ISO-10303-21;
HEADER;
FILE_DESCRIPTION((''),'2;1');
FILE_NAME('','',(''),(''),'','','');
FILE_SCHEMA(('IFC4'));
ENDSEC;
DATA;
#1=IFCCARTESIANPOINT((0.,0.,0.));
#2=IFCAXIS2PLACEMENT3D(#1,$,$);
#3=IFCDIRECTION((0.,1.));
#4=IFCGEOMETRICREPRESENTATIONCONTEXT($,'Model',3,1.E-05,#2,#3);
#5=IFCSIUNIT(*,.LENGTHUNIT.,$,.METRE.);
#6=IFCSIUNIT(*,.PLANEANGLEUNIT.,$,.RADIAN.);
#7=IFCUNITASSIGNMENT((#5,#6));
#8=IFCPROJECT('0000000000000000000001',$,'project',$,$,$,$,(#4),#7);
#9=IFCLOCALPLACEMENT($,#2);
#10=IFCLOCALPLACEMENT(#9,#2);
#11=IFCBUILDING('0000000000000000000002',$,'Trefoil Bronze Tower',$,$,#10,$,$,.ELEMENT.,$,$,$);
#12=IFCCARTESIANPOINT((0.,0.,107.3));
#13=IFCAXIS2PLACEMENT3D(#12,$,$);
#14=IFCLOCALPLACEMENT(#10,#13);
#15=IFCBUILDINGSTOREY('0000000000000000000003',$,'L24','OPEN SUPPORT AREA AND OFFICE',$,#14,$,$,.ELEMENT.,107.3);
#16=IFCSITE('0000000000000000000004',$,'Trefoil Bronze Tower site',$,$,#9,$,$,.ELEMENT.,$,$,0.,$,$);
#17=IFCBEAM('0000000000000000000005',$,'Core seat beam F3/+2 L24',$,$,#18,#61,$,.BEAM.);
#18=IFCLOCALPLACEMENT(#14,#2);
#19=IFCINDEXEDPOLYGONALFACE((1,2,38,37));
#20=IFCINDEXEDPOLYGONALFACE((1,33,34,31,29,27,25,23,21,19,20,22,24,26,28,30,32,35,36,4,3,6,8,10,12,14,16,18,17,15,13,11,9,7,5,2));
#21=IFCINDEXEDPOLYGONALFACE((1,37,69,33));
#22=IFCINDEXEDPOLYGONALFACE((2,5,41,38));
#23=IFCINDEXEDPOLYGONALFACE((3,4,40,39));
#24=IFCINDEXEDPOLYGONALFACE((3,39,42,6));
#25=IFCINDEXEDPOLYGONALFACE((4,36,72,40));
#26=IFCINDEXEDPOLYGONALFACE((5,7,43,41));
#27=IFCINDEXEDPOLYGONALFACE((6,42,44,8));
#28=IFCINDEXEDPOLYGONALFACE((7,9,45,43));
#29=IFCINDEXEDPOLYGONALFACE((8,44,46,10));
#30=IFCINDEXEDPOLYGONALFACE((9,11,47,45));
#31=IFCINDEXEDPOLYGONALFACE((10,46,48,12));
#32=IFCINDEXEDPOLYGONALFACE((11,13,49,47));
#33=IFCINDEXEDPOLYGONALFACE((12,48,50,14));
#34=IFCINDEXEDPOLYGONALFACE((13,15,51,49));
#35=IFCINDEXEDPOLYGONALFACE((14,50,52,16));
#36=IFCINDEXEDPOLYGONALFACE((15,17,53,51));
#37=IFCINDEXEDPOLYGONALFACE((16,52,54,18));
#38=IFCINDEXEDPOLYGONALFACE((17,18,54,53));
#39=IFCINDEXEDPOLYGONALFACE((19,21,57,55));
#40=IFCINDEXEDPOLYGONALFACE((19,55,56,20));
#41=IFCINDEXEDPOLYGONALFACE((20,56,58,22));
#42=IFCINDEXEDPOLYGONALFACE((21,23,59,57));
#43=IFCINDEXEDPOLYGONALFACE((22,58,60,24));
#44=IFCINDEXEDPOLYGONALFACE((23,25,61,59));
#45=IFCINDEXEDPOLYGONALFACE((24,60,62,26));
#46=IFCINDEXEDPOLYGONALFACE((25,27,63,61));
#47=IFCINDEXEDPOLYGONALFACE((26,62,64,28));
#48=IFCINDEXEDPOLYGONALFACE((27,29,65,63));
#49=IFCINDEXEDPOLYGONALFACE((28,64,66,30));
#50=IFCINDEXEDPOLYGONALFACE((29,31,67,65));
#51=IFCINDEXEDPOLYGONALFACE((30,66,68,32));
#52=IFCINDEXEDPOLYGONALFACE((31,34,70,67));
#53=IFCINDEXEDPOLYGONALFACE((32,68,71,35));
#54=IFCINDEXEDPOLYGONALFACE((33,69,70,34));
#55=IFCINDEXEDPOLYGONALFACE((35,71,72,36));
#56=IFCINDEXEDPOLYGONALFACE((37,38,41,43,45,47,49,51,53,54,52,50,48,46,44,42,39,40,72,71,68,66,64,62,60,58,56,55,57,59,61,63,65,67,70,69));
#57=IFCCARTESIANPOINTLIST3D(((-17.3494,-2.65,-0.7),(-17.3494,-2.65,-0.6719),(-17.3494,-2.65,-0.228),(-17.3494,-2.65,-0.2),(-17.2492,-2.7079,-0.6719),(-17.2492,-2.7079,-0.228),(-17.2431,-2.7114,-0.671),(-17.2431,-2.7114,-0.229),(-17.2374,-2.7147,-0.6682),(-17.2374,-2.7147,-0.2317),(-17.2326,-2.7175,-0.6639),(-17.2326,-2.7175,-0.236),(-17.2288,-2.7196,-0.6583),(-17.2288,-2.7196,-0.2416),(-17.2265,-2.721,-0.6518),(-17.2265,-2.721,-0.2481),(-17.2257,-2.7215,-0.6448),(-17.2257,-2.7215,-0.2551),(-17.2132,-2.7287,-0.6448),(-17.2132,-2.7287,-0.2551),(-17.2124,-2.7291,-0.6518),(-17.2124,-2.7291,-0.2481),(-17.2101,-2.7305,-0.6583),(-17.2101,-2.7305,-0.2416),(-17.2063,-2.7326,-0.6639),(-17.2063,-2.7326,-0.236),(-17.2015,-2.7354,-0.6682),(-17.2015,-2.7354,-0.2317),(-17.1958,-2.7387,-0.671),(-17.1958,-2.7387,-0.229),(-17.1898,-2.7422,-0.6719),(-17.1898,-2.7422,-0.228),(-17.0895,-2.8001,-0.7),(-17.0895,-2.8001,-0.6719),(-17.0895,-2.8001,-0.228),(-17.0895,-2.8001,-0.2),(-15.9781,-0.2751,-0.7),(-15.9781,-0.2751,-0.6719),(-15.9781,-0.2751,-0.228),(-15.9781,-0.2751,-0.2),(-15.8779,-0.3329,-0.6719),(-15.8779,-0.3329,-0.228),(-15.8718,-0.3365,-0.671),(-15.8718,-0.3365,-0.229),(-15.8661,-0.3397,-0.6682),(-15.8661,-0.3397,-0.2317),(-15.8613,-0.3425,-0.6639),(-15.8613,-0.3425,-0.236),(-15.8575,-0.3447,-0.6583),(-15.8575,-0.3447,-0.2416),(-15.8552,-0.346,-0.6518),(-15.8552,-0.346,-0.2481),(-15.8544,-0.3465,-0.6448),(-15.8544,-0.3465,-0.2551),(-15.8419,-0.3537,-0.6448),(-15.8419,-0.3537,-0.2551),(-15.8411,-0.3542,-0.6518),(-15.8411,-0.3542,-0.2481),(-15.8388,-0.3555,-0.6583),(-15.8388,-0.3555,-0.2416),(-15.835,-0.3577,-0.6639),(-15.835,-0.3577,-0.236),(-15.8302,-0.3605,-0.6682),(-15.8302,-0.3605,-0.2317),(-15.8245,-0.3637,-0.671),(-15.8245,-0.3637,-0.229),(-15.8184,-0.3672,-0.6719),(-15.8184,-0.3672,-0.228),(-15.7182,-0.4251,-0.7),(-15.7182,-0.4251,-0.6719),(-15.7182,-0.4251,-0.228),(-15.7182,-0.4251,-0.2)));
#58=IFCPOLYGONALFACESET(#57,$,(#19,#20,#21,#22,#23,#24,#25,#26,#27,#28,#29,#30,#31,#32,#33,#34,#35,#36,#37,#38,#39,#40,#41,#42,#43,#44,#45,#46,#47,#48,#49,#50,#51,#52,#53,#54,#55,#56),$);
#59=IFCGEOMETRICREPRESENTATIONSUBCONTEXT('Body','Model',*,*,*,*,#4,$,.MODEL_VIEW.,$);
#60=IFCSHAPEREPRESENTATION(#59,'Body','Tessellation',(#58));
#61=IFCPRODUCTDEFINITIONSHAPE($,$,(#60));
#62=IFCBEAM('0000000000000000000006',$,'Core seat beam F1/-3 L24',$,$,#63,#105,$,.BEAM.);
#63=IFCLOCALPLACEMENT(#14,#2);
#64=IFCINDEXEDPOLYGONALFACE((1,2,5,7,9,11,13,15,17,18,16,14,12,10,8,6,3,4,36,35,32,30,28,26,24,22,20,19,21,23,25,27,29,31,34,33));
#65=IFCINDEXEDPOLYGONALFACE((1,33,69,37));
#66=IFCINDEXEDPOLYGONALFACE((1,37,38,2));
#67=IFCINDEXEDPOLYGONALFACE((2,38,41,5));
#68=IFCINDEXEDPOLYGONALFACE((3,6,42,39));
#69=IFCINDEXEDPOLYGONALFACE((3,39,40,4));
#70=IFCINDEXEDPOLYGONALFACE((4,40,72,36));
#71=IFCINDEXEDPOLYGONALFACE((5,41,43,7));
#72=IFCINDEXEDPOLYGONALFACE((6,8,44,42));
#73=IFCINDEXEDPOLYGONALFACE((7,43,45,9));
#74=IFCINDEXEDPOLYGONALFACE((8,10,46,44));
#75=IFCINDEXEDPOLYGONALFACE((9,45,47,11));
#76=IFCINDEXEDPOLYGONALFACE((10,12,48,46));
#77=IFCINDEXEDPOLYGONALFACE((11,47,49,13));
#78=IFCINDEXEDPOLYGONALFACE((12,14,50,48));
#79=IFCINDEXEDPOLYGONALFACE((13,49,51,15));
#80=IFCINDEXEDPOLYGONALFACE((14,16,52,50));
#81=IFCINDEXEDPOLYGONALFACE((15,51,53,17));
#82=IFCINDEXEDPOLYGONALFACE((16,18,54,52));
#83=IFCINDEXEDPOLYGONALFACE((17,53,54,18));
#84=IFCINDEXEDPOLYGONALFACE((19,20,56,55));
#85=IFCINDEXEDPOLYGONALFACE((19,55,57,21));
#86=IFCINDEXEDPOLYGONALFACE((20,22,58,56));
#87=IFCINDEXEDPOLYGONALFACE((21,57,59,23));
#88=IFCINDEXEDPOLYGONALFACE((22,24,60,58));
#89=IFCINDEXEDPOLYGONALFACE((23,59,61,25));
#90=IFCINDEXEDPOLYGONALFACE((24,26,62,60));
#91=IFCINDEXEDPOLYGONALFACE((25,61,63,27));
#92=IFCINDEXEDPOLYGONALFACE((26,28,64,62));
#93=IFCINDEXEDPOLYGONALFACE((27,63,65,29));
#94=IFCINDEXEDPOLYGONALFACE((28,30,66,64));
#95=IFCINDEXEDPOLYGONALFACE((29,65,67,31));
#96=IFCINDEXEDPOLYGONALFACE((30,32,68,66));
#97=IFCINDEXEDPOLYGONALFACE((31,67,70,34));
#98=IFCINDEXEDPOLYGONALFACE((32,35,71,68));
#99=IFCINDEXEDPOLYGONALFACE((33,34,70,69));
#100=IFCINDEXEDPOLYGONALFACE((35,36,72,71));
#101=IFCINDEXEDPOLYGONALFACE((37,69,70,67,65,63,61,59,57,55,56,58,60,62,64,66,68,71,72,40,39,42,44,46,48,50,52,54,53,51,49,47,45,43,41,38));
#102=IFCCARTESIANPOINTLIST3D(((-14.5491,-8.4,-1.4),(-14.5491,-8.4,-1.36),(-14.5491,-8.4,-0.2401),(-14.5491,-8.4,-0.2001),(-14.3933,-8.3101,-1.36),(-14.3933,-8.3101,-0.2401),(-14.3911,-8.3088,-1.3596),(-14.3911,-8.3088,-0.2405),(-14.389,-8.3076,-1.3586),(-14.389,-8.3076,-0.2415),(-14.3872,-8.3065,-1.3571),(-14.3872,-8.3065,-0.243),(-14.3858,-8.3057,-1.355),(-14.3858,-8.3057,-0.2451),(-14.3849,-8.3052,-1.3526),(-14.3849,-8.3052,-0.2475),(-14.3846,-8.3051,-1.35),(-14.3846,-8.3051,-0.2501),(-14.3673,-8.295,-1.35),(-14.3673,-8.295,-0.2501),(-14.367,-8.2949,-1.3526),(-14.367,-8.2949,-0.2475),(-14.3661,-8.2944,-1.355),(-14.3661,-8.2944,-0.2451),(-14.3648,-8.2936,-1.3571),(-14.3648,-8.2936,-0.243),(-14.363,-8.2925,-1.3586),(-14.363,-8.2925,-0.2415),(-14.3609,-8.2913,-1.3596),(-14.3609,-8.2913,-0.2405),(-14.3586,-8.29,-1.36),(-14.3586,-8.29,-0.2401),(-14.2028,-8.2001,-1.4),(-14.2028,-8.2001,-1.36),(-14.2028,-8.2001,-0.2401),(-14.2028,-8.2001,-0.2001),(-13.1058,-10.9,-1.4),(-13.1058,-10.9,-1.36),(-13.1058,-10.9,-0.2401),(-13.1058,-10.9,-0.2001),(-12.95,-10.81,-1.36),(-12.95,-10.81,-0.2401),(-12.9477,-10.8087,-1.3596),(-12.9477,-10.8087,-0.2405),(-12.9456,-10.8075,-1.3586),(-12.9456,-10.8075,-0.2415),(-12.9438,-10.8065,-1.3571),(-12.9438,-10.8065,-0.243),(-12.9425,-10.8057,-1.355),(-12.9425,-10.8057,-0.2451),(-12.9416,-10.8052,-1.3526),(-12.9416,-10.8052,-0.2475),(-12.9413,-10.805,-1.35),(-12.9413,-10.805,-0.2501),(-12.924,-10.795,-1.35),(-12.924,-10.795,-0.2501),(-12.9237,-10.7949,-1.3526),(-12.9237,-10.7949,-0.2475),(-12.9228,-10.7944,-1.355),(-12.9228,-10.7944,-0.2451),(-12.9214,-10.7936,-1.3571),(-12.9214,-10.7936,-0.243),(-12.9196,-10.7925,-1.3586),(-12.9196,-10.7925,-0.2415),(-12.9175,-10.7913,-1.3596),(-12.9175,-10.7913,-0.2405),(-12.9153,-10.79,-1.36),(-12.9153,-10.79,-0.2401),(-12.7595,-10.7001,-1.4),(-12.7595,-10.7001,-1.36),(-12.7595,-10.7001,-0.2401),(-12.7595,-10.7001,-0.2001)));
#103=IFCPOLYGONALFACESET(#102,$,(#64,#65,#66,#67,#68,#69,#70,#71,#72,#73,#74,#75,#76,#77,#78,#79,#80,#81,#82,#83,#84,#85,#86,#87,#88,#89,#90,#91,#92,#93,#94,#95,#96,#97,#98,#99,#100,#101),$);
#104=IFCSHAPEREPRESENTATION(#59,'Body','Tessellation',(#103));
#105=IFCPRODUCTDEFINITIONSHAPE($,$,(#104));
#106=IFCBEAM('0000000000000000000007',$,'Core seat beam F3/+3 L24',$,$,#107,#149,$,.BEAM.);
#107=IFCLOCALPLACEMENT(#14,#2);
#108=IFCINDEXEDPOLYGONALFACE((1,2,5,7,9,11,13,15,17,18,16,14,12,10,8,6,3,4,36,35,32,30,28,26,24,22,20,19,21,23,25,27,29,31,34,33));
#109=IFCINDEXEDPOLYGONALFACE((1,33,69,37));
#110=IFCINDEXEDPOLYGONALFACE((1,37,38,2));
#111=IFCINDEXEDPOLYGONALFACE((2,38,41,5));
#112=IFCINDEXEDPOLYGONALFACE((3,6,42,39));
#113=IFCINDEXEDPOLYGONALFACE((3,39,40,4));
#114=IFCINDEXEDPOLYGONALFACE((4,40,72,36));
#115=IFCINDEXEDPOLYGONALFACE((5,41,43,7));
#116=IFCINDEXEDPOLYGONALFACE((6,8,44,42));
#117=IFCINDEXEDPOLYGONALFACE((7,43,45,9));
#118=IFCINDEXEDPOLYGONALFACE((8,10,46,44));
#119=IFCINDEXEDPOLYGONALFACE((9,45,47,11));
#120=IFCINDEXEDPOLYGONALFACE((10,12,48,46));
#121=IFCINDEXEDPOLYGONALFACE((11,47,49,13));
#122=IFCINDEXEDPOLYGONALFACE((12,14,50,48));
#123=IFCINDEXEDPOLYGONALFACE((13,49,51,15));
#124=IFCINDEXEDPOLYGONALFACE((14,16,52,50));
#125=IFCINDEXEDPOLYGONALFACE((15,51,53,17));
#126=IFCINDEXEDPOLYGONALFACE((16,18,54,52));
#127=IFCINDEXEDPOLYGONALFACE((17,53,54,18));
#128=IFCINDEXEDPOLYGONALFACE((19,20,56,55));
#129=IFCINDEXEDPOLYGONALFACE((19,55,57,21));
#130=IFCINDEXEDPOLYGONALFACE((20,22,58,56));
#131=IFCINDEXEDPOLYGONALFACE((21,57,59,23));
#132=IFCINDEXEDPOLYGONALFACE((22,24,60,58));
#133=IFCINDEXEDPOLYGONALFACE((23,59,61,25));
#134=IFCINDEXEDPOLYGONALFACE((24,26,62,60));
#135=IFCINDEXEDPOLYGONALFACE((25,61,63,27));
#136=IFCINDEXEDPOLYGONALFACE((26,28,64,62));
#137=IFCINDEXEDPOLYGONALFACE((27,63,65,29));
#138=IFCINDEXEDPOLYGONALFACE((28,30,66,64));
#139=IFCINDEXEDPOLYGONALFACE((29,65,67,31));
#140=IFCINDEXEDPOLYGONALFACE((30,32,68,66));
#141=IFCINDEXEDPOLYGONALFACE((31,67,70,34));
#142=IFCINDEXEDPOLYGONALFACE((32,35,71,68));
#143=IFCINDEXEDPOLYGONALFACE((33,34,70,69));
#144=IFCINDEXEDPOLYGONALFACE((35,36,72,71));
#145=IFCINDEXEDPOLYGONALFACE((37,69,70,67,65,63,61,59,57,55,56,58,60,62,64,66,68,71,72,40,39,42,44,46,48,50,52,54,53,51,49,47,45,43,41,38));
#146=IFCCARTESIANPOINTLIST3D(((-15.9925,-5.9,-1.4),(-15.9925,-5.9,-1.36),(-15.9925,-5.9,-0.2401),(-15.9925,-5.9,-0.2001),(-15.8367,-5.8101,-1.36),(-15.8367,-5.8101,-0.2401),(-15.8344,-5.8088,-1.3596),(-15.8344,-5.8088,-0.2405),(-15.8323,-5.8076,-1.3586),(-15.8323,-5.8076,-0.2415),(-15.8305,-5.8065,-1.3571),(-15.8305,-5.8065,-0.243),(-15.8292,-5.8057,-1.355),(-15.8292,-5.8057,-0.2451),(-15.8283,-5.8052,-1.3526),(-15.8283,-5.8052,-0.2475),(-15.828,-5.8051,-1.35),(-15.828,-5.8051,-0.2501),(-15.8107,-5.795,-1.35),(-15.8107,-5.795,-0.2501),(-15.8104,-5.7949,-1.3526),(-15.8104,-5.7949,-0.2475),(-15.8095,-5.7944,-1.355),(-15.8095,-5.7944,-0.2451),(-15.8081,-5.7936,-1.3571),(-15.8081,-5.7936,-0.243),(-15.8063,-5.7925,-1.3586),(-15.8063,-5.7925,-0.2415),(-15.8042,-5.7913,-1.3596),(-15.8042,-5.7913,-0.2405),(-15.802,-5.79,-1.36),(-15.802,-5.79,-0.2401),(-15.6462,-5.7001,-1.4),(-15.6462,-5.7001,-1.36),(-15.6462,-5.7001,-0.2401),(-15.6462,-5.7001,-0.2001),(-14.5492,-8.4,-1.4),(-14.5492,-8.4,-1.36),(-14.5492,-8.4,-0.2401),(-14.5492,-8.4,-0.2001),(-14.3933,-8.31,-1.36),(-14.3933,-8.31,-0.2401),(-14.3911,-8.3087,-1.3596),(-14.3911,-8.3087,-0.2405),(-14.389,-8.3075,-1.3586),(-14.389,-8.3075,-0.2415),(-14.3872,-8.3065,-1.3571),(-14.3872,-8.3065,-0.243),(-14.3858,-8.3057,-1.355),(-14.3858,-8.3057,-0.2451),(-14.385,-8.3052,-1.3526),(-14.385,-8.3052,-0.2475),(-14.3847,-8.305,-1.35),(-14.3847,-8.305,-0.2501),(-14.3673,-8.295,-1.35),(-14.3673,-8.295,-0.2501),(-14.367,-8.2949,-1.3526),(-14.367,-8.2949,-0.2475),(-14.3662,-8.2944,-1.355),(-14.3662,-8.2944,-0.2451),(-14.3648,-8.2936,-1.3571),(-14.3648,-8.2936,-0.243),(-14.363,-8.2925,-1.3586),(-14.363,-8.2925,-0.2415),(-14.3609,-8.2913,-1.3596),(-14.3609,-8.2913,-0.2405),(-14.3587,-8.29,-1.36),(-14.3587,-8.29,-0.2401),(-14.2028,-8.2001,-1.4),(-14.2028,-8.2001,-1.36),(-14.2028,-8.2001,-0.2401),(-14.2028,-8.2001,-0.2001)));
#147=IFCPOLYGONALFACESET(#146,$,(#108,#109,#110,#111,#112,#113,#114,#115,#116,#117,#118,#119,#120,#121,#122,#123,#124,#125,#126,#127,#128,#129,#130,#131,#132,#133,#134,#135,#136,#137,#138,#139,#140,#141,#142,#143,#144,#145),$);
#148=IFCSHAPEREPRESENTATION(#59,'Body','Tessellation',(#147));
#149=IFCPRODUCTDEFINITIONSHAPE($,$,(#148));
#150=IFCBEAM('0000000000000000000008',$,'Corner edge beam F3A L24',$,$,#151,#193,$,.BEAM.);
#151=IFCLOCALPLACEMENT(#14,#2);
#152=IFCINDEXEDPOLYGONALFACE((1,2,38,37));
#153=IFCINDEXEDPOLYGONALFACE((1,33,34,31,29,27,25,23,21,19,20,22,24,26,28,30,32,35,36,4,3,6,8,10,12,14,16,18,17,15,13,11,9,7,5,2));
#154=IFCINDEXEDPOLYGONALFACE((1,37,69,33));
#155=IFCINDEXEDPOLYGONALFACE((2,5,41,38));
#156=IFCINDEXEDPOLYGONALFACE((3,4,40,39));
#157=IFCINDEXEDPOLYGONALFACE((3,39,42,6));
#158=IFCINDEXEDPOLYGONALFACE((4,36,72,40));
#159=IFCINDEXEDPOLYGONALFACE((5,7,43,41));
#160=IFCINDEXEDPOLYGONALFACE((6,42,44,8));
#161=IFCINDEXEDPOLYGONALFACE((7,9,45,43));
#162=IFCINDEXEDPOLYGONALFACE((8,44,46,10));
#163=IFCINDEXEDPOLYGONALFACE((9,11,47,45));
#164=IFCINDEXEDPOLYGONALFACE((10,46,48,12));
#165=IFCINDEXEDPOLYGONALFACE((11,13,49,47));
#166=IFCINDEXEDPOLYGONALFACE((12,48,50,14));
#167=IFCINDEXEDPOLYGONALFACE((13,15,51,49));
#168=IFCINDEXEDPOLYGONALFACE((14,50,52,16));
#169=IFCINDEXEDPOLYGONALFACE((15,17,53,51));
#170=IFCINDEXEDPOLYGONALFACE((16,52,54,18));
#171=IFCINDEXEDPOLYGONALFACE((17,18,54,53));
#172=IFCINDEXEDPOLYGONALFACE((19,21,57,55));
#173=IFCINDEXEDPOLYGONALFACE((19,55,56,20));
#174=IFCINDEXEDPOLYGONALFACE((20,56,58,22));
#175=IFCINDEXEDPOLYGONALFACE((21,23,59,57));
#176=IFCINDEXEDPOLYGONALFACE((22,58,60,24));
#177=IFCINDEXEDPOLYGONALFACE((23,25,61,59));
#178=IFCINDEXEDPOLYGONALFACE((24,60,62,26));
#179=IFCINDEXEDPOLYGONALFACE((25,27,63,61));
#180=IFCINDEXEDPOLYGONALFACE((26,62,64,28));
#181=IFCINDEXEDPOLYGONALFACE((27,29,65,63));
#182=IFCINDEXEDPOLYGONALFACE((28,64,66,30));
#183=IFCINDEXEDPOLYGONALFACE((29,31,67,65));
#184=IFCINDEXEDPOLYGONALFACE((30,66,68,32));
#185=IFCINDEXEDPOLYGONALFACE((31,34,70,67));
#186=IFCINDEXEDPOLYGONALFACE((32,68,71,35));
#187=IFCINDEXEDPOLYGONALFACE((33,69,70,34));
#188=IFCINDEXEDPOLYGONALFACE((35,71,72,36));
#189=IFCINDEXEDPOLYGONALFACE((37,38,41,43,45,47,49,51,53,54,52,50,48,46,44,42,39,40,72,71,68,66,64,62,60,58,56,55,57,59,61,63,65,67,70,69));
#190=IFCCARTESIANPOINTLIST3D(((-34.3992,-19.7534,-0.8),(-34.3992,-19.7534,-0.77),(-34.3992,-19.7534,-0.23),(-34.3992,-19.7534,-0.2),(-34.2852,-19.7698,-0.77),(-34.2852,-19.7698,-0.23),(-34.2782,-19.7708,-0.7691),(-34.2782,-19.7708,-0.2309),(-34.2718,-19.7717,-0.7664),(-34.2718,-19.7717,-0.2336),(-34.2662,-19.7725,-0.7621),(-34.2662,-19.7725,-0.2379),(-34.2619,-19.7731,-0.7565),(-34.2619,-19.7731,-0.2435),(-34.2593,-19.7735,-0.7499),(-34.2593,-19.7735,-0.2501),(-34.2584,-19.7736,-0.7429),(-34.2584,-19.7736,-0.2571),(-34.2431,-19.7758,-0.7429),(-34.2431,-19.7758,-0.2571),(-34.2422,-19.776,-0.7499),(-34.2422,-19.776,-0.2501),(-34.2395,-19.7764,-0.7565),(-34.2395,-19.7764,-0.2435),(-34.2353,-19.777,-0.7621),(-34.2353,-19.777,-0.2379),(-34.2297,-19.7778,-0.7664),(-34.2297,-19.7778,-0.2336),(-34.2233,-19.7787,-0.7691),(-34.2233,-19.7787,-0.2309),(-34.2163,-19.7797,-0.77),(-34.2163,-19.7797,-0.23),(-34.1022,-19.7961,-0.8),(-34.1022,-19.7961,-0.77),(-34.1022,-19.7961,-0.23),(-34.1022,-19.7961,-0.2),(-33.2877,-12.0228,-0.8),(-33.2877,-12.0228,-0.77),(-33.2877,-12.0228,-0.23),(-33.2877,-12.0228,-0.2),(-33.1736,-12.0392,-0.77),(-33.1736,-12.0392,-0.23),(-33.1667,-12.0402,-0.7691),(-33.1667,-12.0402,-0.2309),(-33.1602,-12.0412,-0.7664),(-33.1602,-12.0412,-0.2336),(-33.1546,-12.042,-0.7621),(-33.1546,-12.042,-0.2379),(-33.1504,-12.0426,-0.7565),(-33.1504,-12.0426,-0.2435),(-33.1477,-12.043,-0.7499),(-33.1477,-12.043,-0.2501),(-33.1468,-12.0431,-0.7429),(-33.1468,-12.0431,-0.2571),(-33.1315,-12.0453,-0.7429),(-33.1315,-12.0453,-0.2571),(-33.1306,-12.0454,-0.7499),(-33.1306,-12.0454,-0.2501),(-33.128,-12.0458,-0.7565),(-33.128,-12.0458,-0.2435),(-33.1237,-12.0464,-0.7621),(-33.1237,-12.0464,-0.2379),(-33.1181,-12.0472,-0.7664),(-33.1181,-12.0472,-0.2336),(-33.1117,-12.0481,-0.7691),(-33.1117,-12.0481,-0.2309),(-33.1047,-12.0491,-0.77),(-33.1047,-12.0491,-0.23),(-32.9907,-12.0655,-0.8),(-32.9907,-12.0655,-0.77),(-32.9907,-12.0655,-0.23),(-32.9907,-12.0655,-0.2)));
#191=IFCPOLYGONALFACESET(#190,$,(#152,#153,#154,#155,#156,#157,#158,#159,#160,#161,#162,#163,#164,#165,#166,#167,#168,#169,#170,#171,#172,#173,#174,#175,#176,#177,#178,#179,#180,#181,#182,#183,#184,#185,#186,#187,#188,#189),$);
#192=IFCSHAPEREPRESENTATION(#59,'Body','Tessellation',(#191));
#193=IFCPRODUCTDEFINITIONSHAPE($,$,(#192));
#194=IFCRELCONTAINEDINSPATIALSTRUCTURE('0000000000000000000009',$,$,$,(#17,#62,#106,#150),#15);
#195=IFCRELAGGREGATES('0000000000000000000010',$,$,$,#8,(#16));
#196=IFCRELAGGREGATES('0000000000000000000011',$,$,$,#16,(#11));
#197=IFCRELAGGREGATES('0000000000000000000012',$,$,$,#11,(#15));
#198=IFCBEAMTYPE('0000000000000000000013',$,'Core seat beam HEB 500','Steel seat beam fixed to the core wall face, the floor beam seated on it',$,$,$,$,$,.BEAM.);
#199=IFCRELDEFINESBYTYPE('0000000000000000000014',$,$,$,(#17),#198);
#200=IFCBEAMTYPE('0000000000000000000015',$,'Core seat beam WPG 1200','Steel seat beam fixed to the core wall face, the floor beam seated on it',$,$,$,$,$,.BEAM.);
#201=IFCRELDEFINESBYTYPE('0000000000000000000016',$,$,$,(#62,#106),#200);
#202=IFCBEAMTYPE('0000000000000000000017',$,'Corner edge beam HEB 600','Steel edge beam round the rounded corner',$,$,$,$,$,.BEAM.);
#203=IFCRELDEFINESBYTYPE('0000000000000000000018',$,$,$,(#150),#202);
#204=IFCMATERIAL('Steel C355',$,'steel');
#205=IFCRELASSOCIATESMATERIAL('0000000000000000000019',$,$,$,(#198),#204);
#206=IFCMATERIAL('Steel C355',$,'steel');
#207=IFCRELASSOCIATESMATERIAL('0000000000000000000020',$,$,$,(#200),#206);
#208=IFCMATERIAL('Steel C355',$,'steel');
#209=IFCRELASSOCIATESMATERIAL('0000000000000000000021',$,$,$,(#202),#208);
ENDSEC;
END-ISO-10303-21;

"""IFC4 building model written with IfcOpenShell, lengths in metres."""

from ifc_helpers import new_model, si_unit, direction, frame, origin, origin_2d, place, context, subcontext, project, spatial, i_section, extrude, material, material_profile, profile_set, type_object, element, save


model = new_model("IFC4")

# Units and contexts
model_context = context("Model", 3, precision=1e-05, world=origin(), true_north=direction((0.0, 1.0)))
body_context = subcontext(model_context, "Body", "Model", "MODEL_VIEW")
ifc_project = project(units=[si_unit("LENGTHUNIT", "METRE"), si_unit("PLANEANGLEUNIT", "RADIAN")], contexts=[model_context])

# Site, building, storey
site_placement = place(None, origin())
site = spatial("IfcSite", under=ifc_project, at=site_placement, Name="Trefoil Bronze Tower site", CompositionType="ELEMENT", RefElevation=0.0)
building_placement = place(site_placement, origin())
building = spatial("IfcBuilding", under=site, at=building_placement, Name="Trefoil Bronze Tower", CompositionType="ELEMENT")
storey_placement = place(building_placement, frame((0.0, 0.0, 107.3)))
storey = spatial("IfcBuildingStorey", under=building, at=storey_placement, Name="L24", Description="OPEN SUPPORT AREA AND OFFICE", CompositionType="ELEMENT", Elevation=107.3)

# Beams
ifc_material_1 = material(Name="Steel C355", Category="steel")
ifc_material_profile_1 = material_profile(ifc_material_1, i_section(OverallWidth=0.3, OverallDepth=0.5, WebThickness=0.0144, FlangeThickness=0.0281, FilletRadius=0.0271, at=origin_2d()), Name="HEB 500")
ifc_profile_set_1 = profile_set([ifc_material_profile_1], Name="Steel C355")
beam_type_1 = type_object("IfcBeamType", Name="Core seat beam HEB 500", Description="Steel seat beam fixed to the core wall face, the floor beam seated on it", PredefinedType="BEAM", material=ifc_profile_set_1)
beam_1_placement = place(storey_placement, frame((-15.8481, -0.3501, -0.45), z_axis=(-0.500036, -0.866005, 0.0), x_axis=(0.866005, -0.500036, 0.0)))
element("IfcBeam", 1, at=beam_1_placement, inside=storey, type_object=beam_type_1, Name="Core seat beam F3/+2 L24", PredefinedType="BEAM", context=body_context, shape_type="SweptSolid", body=[
    extrude(i_section(OverallWidth=0.3, OverallDepth=0.5, WebThickness=0.0144, FlangeThickness=0.0281, FilletRadius=0.0271, at=origin_2d()), origin(), (0.0, 0.0, 1.0), 2.7424),
])
ifc_material_2 = material(Name="Steel C355", Category="steel")
ifc_material_profile_2 = material_profile(ifc_material_2, i_section(OverallWidth=0.3999, OverallDepth=1.2, WebThickness=0.02, FlangeThickness=0.04, FilletRadius=0.01, at=origin_2d()), Name="WPG 1200")
ifc_profile_set_2 = profile_set([ifc_material_profile_2], Name="Steel C355")
beam_type_2 = type_object("IfcBeamType", Name="Core seat beam WPG 1200", Description="Steel seat beam fixed to the core wall face, the floor beam seated on it", PredefinedType="BEAM", material=ifc_profile_set_2)
for number, where, z_axis, x_axis, name in (
    (2, (-14.376, -8.3, -0.8), (0.499996, -0.866028, 0.0), (0.866028, 0.499996, 0.0), "Core seat beam F1/-3 L24"),
    (3, (-15.8193, -5.8, -0.8), (0.499996, -0.866028, 0.0), (0.866028, 0.499996, 0.0), "Core seat beam F3/+3 L24"),
):
    element("IfcBeam", number, at=place(storey_placement, frame(where, z_axis=z_axis, x_axis=x_axis)), inside=storey, type_object=beam_type_2, Name=name, PredefinedType="BEAM", context=body_context, shape_type="SweptSolid", body=[
        extrude(i_section(OverallWidth=0.3999, OverallDepth=1.2, WebThickness=0.02, FlangeThickness=0.04, FilletRadius=0.01, at=origin_2d()), origin(), (0.0, 0.0, 1.0), 2.8867),
    ])
ifc_material_3 = material(Name="Steel C355", Category="steel")
ifc_material_profile_3 = material_profile(ifc_material_3, i_section(OverallWidth=0.3, OverallDepth=0.6001, WebThickness=0.0154, FlangeThickness=0.03, FilletRadius=0.0271, at=origin_2d()), Name="HEB 600")
ifc_profile_set_3 = profile_set([ifc_material_profile_3], Name="Steel C355")
beam_type_3 = type_object("IfcBeamType", Name="Corner edge beam HEB 600", Description="Steel edge beam round the rounded corner", PredefinedType="BEAM", material=ifc_profile_set_3)
beam_2_placement = place(storey_placement, frame((-33.1392, -12.0442, -0.5), z_axis=(-0.142327, -0.98982, 0.0), x_axis=(0.98982, -0.142327, 0.0)))
element("IfcBeam", 4, at=beam_2_placement, inside=storey, type_object=beam_type_3, Name="Corner edge beam F3A L24", PredefinedType="BEAM", context=body_context, shape_type="SweptSolid", body=[
    extrude(i_section(OverallWidth=0.3, OverallDepth=0.6001, WebThickness=0.0154, FlangeThickness=0.03, FilletRadius=0.0271, at=origin_2d()), origin(), (0.0, 0.0, 1.0), 7.8101),
])

save(model, "model.ifc")
